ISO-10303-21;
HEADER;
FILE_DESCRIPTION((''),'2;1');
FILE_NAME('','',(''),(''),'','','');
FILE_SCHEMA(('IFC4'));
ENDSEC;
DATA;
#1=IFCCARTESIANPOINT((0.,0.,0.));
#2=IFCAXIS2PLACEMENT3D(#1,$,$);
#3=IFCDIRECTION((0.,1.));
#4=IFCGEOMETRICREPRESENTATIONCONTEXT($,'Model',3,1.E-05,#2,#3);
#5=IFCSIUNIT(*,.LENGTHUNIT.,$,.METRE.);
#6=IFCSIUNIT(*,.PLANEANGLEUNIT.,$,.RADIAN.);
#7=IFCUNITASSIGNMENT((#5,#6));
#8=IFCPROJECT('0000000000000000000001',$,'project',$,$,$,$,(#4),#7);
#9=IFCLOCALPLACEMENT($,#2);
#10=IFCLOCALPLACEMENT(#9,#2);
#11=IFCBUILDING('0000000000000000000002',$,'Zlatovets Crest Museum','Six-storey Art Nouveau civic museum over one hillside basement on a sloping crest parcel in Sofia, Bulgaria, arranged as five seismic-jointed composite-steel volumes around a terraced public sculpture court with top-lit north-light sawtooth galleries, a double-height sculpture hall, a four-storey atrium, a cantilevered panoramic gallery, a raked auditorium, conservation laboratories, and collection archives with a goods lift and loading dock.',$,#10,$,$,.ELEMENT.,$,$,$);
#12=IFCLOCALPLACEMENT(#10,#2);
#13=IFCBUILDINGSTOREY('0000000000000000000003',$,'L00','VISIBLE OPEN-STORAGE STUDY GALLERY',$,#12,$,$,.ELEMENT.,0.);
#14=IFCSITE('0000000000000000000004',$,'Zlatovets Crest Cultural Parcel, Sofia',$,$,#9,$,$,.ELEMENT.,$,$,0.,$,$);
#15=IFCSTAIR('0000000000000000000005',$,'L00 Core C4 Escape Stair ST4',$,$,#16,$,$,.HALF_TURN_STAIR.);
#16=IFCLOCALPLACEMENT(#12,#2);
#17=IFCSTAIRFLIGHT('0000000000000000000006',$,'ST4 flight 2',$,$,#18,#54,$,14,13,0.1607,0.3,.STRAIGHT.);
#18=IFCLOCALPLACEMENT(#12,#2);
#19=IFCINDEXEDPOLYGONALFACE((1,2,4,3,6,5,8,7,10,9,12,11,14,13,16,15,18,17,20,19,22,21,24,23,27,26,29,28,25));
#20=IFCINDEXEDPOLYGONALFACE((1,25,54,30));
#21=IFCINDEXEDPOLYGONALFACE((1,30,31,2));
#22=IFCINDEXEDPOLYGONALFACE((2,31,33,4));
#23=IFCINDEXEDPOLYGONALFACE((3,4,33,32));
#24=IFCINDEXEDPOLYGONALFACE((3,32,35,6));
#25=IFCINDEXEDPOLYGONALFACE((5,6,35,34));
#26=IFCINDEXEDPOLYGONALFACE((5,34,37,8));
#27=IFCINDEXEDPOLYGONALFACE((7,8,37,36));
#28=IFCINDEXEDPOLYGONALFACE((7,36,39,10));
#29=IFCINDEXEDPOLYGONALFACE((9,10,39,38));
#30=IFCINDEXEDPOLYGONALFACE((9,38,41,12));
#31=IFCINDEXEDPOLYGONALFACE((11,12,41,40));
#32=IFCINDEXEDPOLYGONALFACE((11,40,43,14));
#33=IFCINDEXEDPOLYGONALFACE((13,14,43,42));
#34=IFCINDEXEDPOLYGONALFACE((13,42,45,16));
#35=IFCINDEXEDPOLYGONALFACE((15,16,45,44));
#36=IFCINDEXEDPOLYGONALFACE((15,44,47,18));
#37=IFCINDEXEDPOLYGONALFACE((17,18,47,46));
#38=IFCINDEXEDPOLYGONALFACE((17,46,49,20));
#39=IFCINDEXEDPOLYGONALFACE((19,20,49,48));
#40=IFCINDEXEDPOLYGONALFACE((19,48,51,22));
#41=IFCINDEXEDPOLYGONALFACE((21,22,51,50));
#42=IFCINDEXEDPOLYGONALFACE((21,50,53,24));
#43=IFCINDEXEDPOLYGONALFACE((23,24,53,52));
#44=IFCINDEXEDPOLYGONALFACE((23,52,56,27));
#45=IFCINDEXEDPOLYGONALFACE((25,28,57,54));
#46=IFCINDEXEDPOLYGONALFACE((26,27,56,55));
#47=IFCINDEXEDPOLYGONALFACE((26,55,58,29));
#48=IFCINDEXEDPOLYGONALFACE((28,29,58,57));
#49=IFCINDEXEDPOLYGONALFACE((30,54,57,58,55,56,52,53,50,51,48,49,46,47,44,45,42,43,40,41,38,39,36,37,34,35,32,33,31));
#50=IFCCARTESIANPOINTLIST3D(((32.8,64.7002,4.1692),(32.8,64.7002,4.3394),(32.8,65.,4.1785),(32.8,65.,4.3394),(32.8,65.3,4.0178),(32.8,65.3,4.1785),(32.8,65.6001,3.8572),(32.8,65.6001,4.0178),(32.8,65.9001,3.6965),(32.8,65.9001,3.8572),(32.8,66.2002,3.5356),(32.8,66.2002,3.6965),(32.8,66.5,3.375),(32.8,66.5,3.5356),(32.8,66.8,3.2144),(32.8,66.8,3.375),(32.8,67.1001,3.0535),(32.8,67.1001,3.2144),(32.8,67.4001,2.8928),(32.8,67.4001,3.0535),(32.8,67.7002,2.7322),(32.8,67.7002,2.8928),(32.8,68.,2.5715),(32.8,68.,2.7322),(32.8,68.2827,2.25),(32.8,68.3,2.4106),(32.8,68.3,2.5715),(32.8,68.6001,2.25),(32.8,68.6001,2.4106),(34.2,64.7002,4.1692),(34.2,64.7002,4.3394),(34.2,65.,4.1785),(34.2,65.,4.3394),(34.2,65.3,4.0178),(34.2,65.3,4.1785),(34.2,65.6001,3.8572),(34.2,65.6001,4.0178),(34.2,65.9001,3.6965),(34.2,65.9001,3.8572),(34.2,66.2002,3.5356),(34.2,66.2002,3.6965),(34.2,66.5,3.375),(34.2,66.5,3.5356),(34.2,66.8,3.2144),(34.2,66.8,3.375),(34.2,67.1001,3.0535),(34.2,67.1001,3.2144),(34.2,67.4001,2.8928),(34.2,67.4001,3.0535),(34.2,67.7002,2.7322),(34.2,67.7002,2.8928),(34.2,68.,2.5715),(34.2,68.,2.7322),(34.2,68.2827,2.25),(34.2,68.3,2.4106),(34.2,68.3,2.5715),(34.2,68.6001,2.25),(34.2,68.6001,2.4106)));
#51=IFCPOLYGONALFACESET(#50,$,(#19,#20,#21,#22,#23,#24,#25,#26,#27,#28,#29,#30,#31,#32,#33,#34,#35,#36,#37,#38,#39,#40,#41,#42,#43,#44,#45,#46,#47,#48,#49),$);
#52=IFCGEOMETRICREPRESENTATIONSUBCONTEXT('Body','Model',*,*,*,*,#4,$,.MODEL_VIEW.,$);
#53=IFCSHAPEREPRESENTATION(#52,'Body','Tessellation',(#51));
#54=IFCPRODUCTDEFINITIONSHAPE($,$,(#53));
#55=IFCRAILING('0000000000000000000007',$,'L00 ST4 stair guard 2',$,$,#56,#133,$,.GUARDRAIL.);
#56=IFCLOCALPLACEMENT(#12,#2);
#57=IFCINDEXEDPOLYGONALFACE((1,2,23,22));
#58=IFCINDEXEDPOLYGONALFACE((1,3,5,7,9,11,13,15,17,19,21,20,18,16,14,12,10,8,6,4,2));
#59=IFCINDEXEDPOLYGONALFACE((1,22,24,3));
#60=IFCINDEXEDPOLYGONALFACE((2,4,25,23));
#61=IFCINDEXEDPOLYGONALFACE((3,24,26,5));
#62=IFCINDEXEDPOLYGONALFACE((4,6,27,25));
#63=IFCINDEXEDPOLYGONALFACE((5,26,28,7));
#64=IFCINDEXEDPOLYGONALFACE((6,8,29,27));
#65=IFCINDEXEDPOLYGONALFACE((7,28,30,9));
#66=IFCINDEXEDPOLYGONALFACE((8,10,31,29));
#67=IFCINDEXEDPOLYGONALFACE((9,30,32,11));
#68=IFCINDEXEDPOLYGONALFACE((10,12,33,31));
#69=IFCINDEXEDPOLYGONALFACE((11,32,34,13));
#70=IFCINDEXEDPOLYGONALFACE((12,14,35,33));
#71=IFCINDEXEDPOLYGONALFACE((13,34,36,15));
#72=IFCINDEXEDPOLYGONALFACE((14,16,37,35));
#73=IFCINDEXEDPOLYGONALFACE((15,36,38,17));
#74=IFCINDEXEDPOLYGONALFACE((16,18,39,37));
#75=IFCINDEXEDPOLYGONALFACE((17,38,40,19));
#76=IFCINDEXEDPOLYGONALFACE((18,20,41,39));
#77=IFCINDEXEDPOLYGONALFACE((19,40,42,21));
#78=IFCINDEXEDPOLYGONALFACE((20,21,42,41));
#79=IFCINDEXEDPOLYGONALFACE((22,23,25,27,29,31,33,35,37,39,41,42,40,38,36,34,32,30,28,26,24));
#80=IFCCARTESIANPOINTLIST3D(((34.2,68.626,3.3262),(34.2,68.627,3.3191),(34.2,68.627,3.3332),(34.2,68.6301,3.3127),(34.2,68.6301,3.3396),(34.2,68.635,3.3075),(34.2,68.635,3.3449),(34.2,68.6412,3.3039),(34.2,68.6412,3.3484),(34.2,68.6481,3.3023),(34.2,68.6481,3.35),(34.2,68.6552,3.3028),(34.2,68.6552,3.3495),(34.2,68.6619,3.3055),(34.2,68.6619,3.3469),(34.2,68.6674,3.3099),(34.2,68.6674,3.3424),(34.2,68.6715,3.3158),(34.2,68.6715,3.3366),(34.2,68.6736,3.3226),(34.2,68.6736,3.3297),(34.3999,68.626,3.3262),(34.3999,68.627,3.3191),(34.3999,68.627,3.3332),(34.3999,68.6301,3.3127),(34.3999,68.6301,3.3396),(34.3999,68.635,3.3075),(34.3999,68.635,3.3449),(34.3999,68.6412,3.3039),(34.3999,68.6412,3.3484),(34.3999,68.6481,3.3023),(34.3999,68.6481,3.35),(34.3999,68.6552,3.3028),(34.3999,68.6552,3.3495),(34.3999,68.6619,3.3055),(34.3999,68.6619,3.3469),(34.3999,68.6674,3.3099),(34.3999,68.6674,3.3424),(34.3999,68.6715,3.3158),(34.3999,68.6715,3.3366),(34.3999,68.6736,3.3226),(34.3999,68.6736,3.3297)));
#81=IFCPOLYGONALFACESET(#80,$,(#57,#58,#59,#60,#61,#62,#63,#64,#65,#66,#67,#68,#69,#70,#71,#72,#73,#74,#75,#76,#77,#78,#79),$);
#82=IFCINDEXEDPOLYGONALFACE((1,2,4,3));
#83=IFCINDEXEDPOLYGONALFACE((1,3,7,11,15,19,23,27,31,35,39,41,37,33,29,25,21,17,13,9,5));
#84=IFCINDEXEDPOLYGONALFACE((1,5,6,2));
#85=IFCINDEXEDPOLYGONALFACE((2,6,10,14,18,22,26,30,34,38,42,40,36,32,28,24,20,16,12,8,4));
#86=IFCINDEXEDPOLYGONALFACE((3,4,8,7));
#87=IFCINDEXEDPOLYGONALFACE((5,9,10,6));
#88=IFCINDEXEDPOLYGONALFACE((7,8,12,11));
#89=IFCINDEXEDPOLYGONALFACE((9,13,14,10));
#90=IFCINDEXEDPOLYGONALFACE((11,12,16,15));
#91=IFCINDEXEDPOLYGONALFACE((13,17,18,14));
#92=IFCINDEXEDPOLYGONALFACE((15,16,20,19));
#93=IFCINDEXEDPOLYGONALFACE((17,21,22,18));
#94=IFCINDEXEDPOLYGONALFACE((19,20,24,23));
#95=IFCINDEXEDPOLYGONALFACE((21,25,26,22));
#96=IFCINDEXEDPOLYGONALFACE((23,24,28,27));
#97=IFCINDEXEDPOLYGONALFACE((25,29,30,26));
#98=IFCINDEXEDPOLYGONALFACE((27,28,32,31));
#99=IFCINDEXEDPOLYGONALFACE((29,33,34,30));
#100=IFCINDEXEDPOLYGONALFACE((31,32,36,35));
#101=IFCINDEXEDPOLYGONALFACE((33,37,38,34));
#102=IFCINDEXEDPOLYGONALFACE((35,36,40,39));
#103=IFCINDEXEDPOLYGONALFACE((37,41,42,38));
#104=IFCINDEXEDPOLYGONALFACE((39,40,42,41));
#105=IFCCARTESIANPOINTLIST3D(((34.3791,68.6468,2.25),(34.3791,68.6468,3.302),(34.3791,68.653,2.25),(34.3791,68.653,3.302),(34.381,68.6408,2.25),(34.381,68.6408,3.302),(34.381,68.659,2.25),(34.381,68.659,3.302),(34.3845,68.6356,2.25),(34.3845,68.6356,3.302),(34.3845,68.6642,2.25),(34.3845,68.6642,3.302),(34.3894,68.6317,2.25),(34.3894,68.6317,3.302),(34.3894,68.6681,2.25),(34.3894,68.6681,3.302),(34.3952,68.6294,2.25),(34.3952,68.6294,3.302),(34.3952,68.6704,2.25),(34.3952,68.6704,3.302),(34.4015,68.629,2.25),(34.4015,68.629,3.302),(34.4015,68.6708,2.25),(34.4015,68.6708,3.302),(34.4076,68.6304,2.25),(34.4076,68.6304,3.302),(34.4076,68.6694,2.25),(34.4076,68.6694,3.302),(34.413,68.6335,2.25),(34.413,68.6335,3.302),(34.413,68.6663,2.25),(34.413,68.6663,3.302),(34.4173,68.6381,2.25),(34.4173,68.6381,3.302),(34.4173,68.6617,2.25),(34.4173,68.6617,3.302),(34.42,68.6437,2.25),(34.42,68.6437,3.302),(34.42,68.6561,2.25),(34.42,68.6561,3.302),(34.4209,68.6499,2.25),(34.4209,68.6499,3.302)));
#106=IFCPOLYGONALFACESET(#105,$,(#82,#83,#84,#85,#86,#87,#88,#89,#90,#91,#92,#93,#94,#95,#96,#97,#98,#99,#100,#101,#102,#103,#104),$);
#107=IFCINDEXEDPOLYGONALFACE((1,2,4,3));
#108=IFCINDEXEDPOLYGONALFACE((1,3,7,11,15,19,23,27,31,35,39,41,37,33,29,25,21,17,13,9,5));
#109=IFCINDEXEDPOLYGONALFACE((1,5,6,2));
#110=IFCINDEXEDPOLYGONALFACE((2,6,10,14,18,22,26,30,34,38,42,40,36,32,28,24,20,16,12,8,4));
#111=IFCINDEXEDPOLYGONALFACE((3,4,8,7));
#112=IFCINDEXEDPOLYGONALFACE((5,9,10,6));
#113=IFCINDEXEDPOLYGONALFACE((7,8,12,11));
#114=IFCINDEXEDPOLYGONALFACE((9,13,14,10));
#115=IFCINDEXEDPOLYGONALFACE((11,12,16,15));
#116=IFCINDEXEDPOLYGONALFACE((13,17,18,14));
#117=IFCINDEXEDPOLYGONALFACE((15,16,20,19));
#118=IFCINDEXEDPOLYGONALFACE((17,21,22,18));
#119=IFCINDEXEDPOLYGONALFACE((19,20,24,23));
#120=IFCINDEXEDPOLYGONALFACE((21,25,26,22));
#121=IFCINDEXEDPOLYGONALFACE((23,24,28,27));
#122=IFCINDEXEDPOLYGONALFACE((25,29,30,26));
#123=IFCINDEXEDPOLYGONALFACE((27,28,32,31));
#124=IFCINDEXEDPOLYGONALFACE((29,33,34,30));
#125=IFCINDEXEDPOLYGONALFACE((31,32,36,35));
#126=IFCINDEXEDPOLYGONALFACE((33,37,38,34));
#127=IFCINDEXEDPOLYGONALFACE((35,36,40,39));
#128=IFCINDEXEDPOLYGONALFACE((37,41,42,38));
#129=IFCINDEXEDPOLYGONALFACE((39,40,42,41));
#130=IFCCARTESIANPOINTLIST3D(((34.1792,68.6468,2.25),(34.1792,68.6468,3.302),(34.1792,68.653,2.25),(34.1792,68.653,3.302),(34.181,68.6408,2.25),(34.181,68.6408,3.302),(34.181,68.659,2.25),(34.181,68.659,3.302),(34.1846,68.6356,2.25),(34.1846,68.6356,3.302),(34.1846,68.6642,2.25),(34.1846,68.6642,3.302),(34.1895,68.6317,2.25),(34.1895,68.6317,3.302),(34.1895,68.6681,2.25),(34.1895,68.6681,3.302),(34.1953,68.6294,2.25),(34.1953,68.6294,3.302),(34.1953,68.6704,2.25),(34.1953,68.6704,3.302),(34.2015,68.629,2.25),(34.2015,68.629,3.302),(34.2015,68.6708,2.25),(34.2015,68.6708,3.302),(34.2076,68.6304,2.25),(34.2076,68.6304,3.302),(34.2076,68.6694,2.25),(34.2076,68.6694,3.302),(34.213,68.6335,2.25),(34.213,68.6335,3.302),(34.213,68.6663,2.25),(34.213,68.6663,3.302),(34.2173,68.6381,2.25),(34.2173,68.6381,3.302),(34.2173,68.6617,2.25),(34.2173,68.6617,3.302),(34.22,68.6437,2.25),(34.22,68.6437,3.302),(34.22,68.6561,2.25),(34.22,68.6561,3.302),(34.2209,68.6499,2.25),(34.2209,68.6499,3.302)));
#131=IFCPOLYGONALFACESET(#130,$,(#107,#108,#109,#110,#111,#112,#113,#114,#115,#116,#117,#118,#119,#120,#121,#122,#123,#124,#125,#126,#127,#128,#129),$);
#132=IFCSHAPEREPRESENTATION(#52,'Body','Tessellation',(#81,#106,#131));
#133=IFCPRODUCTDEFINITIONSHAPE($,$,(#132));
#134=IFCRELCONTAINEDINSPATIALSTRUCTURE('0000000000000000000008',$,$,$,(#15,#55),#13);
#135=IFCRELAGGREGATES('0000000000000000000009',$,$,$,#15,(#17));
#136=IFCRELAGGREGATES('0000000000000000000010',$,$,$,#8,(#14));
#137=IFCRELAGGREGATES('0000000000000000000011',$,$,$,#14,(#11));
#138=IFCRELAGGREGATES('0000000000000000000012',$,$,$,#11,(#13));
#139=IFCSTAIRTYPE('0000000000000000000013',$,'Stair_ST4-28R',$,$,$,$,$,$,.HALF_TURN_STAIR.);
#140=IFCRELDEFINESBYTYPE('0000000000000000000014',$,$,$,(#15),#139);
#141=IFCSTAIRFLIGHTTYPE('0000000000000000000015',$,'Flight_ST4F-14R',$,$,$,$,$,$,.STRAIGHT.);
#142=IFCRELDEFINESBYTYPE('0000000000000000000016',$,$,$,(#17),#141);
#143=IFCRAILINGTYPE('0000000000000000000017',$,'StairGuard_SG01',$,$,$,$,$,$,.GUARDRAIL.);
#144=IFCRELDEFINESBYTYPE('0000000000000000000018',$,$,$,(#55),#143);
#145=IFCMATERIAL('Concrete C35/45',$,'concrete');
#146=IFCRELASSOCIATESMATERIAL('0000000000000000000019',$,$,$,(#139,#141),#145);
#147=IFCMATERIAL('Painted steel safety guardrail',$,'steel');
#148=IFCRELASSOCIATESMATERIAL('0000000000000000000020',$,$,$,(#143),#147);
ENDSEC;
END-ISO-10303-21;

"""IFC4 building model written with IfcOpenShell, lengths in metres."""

from ifc_helpers import new_model, si_unit, direction, frame, origin, origin_2d, place, context, subcontext, project, spatial, polyline, circle, outline, extrude, material, type_object, element, aggregate, save


model = new_model("IFC4")

# Units and contexts
model_context = context("Model", 3, precision=1e-05, world=origin(), true_north=direction((0.0, 1.0)))
body_context = subcontext(model_context, "Body", "Model", "MODEL_VIEW")
ifc_project = project(units=[si_unit("LENGTHUNIT", "METRE"), si_unit("PLANEANGLEUNIT", "RADIAN")], contexts=[model_context])

# Site, building, storey
site_placement = place(None, origin())
site = spatial("IfcSite", under=ifc_project, at=site_placement, Name="Zlatovets Crest Cultural Parcel, Sofia", CompositionType="ELEMENT", RefElevation=0.0)
building_placement = place(site_placement, origin())
building = spatial("IfcBuilding", under=site, at=building_placement, Name="Zlatovets Crest Museum", Description="Six-storey Art Nouveau civic museum over one hillside basement on a sloping crest parcel in Sofia, Bulgaria, arranged as five seismic-jointed composite-steel volumes around a terraced public sculpture court with top-lit north-light sawtooth galleries, a double-height sculpture hall, a four-storey atrium, a cantilevered panoramic gallery, a raked auditorium, conservation laboratories, and collection archives with a goods lift and loading dock.", CompositionType="ELEMENT")
storey_placement = place(building_placement, origin())
storey = spatial("IfcBuildingStorey", under=building, at=storey_placement, Name="L00", Description="VISIBLE OPEN-STORAGE STUDY GALLERY", CompositionType="ELEMENT", Elevation=0.0)

# Shared definitions
ifc_material_1 = material(Name="Concrete C35/45", Category="concrete")

# Stair, stair flight
stair_type = type_object("IfcStairType", Name="Stair_ST4-28R", PredefinedType="HALF_TURN_STAIR", material=ifc_material_1)
stair_placement = place(storey_placement, origin())
stair = element("IfcStair", 1, at=stair_placement, inside=storey, type_object=stair_type, Name="L00 Core C4 Escape Stair ST4", PredefinedType="HALF_TURN_STAIR")
stair_flight_type = type_object("IfcStairFlightType", Name="Flight_ST4F-14R", PredefinedType="STRAIGHT", material=ifc_material_1)
stair_flight_placement = place(storey_placement, frame((33.5, 68.6001, 2.25), z_axis=(0.0, 0.0, 1.0), x_axis=(0.0, -1.0, 0.0)))
stair_flight = element("IfcStairFlight", 2, at=stair_flight_placement, type_object=stair_flight_type, Name="ST4 flight 2", NumberOfRisers=14, NumberOfTreads=13, PredefinedType="STRAIGHT", RiserHeight=0.1607, TreadLength=0.3, context=body_context, shape_type="SweptSolid", body=[
    extrude(outline(polyline([(0.0, 0.0), (0.0, 0.1606), (0.3, 0.1606), (0.3, 0.3215), (0.6001, 0.3215), (0.6001, 0.4822), (0.8999, 0.4822), (0.8999, 0.6428), (1.2, 0.6428), (1.2, 0.8035), (1.5, 0.8035), (1.5, 0.9644), (1.8, 0.9644), (1.8, 1.125), (2.1001, 1.125), (2.1001, 1.2856), (2.3999, 1.2856), (2.3999, 1.4465), (2.7, 1.4465), (2.7, 1.6072), (3.0, 1.6072), (3.0, 1.7678), (3.3, 1.7678), (3.3, 1.9285), (3.6001, 1.9285), (3.6001, 2.0894), (3.8999, 2.0894), (3.8999, 2.25), (3.8999, 1.9192), (0.3174, 0.0), (0.0, 0.0)])), frame((0.0, 0.7, 0.0), z_axis=(0.0, -1.0, 0.0), x_axis=(1.0, 0.0, 0.0)), (0.0, 0.0, 1.0), 1.3999),
])
aggregate(stair, [stair_flight])

# Railing
ifc_material_2 = material(Name="Painted steel safety guardrail", Category="steel")
railing_type_1 = type_object("IfcRailingType", Name="StairGuard_SG01", PredefinedType="GUARDRAIL", material=ifc_material_2)
railing_1_placement = place(storey_placement, frame((34.3999, 68.6499, 2.25)))
element("IfcRailing", 3, at=railing_1_placement, inside=storey, type_object=railing_type_1, Name="L00 ST4 stair guard 2", PredefinedType="GUARDRAIL", context=body_context, shape_type="SweptSolid", body=[
    extrude(circle(Radius=0.0239, at=origin_2d()), frame((0.0, 0.0, 1.0762), z_axis=(-1.0, 0.0, 0.0), x_axis=(0.0, -1.0, 0.0)), (0.0, 0.0, 1.0), 0.2),
    extrude(circle(Radius=0.021, at=origin_2d()), origin(), (0.0, 0.0, 1.0), 1.052),
    extrude(circle(Radius=0.021, at=origin_2d()), frame((-0.2, 0.0, 0.0)), (0.0, 0.0, 1.0), 1.052),
])

save(model, "model.ifc")
